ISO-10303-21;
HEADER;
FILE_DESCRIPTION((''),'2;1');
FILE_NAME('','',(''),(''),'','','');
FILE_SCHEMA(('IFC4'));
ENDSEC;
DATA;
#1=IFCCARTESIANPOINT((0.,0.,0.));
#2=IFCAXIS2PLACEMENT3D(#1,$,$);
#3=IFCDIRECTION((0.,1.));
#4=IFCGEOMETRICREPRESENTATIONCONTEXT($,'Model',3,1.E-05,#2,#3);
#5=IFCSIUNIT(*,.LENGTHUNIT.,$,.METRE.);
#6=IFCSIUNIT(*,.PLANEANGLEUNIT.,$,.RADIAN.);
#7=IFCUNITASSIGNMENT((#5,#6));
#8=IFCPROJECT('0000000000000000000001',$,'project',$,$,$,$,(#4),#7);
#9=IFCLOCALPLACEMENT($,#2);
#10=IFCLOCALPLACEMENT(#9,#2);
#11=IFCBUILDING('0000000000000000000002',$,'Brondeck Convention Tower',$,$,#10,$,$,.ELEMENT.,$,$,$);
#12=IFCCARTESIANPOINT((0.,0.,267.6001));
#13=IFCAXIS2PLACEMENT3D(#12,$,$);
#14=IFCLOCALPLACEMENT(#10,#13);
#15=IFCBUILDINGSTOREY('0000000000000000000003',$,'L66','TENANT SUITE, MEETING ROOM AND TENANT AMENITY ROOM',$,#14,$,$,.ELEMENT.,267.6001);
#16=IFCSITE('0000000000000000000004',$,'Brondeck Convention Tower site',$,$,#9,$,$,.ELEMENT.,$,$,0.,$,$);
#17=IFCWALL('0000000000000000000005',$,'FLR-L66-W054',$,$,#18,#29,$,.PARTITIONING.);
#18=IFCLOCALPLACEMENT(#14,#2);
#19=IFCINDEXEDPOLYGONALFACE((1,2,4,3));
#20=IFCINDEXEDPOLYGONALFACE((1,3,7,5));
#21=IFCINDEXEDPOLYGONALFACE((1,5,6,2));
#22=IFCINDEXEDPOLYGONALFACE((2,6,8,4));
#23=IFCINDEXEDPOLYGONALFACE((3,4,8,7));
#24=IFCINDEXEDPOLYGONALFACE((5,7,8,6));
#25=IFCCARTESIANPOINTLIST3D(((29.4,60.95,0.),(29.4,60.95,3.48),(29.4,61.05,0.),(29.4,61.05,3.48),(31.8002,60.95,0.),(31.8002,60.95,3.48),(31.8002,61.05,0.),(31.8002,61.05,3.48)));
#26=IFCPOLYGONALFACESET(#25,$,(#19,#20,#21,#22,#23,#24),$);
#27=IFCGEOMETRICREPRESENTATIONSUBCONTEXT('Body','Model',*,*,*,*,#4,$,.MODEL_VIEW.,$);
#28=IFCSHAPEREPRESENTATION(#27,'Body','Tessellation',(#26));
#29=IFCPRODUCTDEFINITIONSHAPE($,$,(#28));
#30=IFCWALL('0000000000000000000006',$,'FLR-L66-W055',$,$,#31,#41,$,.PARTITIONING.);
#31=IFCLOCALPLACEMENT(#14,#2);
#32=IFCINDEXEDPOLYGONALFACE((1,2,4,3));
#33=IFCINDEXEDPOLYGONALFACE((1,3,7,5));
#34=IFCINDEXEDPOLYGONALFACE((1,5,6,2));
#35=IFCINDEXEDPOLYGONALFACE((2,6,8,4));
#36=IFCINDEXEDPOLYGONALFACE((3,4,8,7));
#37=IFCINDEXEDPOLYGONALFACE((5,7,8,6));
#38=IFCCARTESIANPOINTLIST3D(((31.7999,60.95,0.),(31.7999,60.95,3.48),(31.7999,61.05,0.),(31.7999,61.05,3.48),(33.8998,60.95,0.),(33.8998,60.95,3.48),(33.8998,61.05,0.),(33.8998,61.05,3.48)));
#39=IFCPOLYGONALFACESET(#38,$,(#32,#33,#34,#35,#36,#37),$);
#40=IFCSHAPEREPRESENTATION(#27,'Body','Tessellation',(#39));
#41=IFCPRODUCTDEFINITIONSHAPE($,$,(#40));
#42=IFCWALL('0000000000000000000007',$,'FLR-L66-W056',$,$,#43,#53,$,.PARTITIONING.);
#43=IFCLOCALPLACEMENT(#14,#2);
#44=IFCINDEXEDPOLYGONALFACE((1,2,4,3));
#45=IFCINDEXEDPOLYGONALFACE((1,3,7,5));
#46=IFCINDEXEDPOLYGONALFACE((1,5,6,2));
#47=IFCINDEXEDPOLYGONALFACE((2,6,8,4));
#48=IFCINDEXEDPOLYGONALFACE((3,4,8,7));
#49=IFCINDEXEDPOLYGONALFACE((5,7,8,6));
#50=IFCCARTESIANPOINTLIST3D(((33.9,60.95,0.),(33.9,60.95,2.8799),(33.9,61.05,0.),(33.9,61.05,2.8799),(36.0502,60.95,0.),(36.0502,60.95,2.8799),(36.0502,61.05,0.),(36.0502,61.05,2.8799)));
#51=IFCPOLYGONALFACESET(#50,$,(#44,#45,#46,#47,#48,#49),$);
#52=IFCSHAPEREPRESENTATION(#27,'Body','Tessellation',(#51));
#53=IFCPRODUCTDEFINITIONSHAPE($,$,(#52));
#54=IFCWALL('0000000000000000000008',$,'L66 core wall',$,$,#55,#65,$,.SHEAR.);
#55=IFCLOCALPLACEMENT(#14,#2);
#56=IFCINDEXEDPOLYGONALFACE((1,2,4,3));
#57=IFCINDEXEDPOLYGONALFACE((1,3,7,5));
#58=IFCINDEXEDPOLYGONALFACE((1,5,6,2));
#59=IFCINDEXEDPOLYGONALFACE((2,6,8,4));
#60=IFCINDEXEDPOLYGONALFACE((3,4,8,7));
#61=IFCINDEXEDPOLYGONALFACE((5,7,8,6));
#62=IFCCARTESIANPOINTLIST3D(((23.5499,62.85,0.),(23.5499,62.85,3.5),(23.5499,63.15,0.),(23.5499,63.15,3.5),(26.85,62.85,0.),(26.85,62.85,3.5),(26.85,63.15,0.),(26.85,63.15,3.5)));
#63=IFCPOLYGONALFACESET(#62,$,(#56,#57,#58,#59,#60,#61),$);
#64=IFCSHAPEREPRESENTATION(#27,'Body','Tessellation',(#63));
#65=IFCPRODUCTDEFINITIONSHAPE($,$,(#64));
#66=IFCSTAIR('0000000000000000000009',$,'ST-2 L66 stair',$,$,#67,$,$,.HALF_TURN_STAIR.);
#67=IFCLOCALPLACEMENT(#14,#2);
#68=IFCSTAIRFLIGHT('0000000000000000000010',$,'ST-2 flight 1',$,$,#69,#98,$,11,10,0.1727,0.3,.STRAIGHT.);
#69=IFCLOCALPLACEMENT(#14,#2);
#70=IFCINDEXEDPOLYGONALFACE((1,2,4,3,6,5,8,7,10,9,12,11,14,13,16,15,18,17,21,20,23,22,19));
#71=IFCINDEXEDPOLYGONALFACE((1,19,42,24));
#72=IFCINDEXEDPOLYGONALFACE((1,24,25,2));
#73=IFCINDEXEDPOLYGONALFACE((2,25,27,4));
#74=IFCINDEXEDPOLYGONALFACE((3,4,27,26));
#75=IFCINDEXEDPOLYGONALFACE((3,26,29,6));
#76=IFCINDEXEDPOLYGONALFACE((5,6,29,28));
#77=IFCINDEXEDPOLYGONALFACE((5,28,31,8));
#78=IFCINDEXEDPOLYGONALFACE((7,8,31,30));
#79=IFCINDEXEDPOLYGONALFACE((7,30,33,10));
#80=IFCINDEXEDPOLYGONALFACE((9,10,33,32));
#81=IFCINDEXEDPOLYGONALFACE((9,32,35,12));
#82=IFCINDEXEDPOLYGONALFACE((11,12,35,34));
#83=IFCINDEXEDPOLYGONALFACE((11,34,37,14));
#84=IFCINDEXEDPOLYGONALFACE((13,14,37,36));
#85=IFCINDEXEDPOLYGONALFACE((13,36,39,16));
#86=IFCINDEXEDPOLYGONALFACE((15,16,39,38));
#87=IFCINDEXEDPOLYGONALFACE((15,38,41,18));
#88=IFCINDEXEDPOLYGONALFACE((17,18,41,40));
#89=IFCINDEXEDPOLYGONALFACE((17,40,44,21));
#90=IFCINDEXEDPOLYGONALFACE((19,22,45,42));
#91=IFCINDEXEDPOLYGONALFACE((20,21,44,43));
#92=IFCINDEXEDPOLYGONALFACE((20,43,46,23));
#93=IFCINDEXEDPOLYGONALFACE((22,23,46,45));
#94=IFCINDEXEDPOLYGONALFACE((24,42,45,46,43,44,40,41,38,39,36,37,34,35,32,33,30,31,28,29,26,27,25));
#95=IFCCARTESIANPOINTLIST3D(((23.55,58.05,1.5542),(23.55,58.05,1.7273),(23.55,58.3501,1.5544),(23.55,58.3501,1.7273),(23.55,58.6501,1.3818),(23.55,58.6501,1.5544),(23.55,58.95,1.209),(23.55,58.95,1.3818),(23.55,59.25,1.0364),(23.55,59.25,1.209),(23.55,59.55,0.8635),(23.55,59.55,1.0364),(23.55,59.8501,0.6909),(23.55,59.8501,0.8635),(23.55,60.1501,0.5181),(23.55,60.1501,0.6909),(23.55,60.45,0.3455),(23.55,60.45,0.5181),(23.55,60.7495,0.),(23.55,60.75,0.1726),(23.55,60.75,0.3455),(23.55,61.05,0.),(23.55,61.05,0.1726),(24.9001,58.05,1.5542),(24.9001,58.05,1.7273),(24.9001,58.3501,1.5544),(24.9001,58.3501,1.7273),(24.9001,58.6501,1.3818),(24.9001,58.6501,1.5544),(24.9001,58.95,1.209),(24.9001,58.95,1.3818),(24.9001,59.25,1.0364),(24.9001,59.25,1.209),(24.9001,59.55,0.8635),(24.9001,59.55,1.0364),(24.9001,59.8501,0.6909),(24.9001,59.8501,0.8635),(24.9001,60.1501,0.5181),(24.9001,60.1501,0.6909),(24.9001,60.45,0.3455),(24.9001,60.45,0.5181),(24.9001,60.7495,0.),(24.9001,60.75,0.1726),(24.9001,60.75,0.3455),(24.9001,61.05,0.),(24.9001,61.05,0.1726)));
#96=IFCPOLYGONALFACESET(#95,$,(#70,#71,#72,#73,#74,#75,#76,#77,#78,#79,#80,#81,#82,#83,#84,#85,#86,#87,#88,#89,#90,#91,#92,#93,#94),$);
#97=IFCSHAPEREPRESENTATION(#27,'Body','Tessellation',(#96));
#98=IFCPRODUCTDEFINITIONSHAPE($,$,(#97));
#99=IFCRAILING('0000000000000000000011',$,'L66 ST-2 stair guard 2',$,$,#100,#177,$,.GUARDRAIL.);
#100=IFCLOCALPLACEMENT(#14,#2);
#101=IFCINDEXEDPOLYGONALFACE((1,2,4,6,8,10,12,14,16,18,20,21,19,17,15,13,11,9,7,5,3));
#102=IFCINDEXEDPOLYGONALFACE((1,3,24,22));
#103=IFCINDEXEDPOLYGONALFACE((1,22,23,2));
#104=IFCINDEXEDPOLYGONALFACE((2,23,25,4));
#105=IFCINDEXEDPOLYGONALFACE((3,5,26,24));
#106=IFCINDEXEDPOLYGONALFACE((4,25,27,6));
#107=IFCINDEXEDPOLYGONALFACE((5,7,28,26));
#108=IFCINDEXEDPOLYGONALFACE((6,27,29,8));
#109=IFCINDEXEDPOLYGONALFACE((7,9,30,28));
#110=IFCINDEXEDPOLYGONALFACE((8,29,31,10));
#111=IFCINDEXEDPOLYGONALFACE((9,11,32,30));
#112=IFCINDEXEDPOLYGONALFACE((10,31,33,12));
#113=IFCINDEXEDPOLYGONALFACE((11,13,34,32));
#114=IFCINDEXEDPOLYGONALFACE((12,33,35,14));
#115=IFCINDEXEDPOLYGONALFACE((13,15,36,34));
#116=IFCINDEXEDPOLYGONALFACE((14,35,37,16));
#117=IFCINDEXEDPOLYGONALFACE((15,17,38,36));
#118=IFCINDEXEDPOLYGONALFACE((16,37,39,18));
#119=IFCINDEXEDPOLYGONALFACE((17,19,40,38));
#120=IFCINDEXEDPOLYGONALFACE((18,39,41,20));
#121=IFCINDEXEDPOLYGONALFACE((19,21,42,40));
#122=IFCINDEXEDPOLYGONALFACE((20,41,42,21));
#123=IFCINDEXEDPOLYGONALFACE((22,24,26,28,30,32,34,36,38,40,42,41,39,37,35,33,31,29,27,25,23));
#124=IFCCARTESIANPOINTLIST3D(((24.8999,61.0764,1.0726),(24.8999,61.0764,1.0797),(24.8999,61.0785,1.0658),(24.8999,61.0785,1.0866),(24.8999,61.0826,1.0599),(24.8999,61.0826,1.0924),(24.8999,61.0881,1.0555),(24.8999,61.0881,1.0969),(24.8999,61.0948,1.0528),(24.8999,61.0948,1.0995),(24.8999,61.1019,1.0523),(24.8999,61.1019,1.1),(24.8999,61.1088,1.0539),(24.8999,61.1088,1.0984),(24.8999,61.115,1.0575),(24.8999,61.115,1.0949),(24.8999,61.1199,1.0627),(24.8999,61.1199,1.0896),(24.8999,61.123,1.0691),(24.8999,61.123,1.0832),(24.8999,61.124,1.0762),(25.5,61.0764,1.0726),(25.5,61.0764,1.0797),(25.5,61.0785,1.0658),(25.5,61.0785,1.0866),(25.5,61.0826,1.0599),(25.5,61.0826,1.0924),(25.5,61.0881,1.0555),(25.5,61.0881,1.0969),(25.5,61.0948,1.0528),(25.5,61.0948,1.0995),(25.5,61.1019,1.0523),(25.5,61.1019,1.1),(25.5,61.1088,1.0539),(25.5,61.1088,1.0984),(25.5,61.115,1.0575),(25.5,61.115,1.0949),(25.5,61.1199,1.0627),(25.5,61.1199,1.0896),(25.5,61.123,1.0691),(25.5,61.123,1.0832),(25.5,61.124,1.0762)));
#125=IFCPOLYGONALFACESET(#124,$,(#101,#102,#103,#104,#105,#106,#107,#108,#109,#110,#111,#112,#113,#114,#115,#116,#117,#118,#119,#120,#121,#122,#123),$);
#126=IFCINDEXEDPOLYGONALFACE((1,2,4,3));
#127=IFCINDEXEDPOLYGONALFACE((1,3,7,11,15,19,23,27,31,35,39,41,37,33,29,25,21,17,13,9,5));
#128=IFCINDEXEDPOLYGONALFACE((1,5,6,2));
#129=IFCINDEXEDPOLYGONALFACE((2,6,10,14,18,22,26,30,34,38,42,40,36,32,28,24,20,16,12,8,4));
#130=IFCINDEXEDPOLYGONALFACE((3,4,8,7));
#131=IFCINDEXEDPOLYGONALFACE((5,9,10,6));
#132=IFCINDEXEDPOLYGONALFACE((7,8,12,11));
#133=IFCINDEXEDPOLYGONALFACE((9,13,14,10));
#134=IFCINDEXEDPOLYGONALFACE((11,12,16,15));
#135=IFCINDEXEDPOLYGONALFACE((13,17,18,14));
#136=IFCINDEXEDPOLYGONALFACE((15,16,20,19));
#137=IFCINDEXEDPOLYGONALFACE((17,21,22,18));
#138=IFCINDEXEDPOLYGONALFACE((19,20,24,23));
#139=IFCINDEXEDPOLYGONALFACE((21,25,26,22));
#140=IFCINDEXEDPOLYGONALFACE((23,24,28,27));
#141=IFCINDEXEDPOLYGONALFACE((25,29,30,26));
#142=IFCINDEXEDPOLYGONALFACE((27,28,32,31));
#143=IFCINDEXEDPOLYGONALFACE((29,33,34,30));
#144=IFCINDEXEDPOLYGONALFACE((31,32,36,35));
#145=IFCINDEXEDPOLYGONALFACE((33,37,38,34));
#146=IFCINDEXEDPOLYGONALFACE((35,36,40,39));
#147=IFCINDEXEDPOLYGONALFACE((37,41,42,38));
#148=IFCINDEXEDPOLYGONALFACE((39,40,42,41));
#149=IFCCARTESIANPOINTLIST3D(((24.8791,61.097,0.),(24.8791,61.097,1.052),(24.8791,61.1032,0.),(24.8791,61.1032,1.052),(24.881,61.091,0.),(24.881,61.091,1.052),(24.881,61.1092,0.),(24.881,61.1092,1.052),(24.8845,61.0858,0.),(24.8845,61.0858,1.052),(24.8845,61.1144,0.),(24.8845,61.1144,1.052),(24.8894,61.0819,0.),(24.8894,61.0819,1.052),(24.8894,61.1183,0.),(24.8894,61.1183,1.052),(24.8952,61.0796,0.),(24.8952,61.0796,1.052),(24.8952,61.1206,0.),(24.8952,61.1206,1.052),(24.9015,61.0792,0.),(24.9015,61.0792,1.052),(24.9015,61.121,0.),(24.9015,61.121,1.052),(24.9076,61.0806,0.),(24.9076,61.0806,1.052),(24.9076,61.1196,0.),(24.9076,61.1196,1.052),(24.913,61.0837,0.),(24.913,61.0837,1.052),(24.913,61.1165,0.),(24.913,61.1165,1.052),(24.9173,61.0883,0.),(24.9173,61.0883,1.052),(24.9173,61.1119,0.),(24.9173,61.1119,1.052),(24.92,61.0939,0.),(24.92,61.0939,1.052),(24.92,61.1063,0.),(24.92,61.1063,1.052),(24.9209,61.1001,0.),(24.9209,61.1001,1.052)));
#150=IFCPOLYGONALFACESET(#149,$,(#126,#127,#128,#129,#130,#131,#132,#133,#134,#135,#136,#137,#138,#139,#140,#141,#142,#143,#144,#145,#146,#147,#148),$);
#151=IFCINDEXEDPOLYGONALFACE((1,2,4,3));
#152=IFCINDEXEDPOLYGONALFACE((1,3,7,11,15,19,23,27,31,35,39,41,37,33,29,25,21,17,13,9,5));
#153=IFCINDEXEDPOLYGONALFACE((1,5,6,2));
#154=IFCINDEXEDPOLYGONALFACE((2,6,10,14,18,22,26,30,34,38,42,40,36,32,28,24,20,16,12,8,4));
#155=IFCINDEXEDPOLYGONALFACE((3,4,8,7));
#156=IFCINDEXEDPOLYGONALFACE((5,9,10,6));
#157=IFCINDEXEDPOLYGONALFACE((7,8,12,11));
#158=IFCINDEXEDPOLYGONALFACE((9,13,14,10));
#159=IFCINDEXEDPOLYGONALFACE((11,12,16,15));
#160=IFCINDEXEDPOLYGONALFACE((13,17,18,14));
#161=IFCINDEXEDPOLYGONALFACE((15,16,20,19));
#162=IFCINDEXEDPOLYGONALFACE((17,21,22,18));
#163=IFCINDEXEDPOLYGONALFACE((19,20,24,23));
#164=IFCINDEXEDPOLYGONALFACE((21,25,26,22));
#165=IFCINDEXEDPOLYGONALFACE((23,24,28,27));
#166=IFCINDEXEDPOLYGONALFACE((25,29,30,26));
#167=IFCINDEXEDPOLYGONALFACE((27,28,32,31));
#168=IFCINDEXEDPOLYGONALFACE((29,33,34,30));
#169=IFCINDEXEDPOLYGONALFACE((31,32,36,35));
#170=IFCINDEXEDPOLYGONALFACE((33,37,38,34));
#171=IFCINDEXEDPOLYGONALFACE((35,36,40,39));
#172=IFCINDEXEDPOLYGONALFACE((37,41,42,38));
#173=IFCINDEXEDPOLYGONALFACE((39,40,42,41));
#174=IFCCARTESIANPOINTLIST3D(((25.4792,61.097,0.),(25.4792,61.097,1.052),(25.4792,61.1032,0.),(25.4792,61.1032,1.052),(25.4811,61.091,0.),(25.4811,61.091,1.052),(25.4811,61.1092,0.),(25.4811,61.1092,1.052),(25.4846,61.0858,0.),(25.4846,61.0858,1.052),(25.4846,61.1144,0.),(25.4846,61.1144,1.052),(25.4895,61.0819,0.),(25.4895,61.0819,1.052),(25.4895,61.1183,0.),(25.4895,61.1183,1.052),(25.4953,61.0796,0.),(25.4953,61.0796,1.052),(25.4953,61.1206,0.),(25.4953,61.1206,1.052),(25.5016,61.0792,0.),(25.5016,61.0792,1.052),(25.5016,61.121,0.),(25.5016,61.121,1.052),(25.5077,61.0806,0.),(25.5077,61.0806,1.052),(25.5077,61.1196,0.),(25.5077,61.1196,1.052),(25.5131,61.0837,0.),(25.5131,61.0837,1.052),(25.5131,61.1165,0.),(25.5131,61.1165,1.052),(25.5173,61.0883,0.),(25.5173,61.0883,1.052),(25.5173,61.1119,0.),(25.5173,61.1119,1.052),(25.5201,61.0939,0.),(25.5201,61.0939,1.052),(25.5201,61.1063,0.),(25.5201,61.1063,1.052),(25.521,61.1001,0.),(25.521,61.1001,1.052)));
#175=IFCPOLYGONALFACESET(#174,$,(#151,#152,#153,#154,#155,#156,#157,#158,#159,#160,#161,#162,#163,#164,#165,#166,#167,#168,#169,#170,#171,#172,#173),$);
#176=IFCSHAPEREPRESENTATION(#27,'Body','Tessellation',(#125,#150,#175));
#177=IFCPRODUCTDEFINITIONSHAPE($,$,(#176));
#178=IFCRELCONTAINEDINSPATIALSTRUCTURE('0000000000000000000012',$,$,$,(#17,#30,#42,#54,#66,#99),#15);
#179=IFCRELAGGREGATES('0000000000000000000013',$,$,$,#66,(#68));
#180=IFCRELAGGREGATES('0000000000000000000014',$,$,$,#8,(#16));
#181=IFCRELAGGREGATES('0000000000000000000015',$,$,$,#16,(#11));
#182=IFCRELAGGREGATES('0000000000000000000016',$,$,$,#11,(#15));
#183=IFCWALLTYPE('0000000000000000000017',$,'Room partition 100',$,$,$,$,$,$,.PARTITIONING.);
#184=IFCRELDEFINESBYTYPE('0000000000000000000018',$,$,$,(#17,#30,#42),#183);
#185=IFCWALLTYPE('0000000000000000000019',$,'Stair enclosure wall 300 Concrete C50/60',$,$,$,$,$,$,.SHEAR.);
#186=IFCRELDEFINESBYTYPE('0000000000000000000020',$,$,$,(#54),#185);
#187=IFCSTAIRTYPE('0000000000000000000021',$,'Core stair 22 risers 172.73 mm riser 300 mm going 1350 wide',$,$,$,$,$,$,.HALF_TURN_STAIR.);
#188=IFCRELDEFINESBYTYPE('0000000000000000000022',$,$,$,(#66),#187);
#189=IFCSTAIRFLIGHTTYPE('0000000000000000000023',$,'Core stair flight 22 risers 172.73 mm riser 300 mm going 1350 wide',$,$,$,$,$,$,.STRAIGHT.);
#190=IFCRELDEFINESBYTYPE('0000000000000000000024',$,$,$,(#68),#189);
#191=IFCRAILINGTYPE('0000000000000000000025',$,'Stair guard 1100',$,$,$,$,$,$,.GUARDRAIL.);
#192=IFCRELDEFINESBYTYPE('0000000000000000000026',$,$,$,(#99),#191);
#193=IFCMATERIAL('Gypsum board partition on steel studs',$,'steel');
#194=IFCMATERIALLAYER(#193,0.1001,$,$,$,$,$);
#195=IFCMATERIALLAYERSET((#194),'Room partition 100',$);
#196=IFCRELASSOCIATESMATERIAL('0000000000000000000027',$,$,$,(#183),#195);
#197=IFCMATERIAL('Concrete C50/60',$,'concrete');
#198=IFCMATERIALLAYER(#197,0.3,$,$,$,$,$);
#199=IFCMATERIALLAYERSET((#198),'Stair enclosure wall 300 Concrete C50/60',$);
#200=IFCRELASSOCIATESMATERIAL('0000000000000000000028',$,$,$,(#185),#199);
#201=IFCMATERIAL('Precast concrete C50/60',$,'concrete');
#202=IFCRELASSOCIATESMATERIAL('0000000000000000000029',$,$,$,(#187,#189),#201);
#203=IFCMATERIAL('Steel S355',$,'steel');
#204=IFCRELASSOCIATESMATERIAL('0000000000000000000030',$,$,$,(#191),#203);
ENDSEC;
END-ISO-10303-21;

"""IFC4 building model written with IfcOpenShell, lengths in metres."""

from ifc_helpers import new_model, si_unit, direction, frame, frame_2d, origin, origin_2d, place, context, subcontext, project, spatial, polyline, rectangle, circle, outline, extrude, material, layer, layer_set, type_object, element, aggregate, save


model = new_model("IFC4")

# Units and contexts
model_context = context("Model", 3, precision=1e-05, world=origin(), true_north=direction((0.0, 1.0)))
body_context = subcontext(model_context, "Body", "Model", "MODEL_VIEW")
ifc_project = project(units=[si_unit("LENGTHUNIT", "METRE"), si_unit("PLANEANGLEUNIT", "RADIAN")], contexts=[model_context])

# Site, building, storey
site_placement = place(None, origin())
site = spatial("IfcSite", under=ifc_project, at=site_placement, Name="Brondeck Convention Tower site", CompositionType="ELEMENT", RefElevation=0.0)
building_placement = place(site_placement, origin())
building = spatial("IfcBuilding", under=site, at=building_placement, Name="Brondeck Convention Tower", CompositionType="ELEMENT")
storey_placement = place(building_placement, frame((0.0, 0.0, 267.6001)))
storey = spatial("IfcBuildingStorey", under=building, at=storey_placement, Name="L66", Description="TENANT SUITE, MEETING ROOM AND TENANT AMENITY ROOM", CompositionType="ELEMENT", Elevation=267.6001)

# Shared definitions
ifc_material_1 = material(Name="Concrete C50/60", Category="concrete")

# Walls
ifc_material_2 = material(Name="Gypsum board partition on steel studs", Category="steel")
ifc_layer_1 = layer(ifc_material_2, 0.1001)
ifc_layer_set_1 = layer_set([ifc_layer_1], Name="Room partition 100")
wall_type_1 = type_object("IfcWallType", Name="Room partition 100", PredefinedType="PARTITIONING", material=ifc_layer_set_1)
wall_1_placement = place(storey_placement, frame((29.3999, 61.0, 0.0), z_axis=(0.0, 0.0, 1.0), x_axis=(1.0, 0.0, 0.0)))
element("IfcWall", 1, at=wall_1_placement, inside=storey, type_object=wall_type_1, Name="FLR-L66-W054", PredefinedType="PARTITIONING", context=body_context, shape_type="SweptSolid", body=[
    extrude(rectangle(XDim=2.4001, YDim=0.1001, at=frame_2d((1.2002, 0.0))), origin(), (0.0, 0.0, 1.0), 3.48),
])
wall_2_placement = place(storey_placement, frame((31.8, 61.0, 0.0), z_axis=(0.0, 0.0, 1.0), x_axis=(1.0, 0.0, 0.0)))
element("IfcWall", 2, at=wall_2_placement, inside=storey, type_object=wall_type_1, Name="FLR-L66-W055", PredefinedType="PARTITIONING", context=body_context, shape_type="SweptSolid", body=[
    extrude(rectangle(XDim=2.0999, YDim=0.1001, at=frame_2d((1.0498, 0.0))), origin(), (0.0, 0.0, 1.0), 3.48),
])
wall_3_placement = place(storey_placement, frame((33.8999, 61.0, 0.0), z_axis=(0.0, 0.0, 1.0), x_axis=(1.0, 0.0, 0.0)))
element("IfcWall", 3, at=wall_3_placement, inside=storey, type_object=wall_type_1, Name="FLR-L66-W056", PredefinedType="PARTITIONING", context=body_context, shape_type="SweptSolid", body=[
    extrude(rectangle(XDim=2.1501, YDim=0.1001, at=frame_2d((1.0752, 0.0))), origin(), (0.0, 0.0, 1.0), 2.8799),
])
ifc_layer_2 = layer(ifc_material_1, 0.3)
ifc_layer_set_2 = layer_set([ifc_layer_2], Name="Stair enclosure wall 300 Concrete C50/60")
wall_type_2 = type_object("IfcWallType", Name="Stair enclosure wall 300 Concrete C50/60", PredefinedType="SHEAR", material=ifc_layer_set_2)
wall_4_placement = place(storey_placement, frame((23.55, 63.0, 0.0), z_axis=(0.0, 0.0, 1.0), x_axis=(1.0, 0.0, 0.0)))
element("IfcWall", 4, at=wall_4_placement, inside=storey, type_object=wall_type_2, Name="L66 core wall", PredefinedType="SHEAR", context=body_context, shape_type="SweptSolid", body=[
    extrude(rectangle(XDim=3.3, YDim=0.3, at=frame_2d((1.6499, 0.0))), origin(), (0.0, 0.0, 1.0), 3.5),
])

# Stair, stair flight
ifc_material_3 = material(Name="Precast concrete C50/60", Category="concrete")
stair_type = type_object("IfcStairType", Name="Core stair 22 risers 172.73 mm riser 300 mm going 1350 wide", PredefinedType="HALF_TURN_STAIR", material=ifc_material_3)
stair_placement = place(storey_placement, origin())
stair = element("IfcStair", 5, at=stair_placement, inside=storey, type_object=stair_type, Name="ST-2 L66 stair", PredefinedType="HALF_TURN_STAIR")
stair_flight_type = type_object("IfcStairFlightType", Name="Core stair flight 22 risers 172.73 mm riser 300 mm going 1350 wide", PredefinedType="STRAIGHT", material=ifc_material_3)
stair_flight_placement = place(storey_placement, frame((24.2251, 61.05, 0.0), z_axis=(0.0, 0.0, 1.0), x_axis=(0.0, -1.0, 0.0)))
stair_flight = element("IfcStairFlight", 6, at=stair_flight_placement, type_object=stair_flight_type, Name="ST-2 flight 1", NumberOfRisers=11, NumberOfTreads=10, PredefinedType="STRAIGHT", RiserHeight=0.1727, TreadLength=0.3, context=body_context, shape_type="SweptSolid", body=[
    extrude(outline(polyline([(0.0, 0.0), (0.0, 0.1726), (0.3, 0.1726), (0.3, 0.3455), (0.6001, 0.3455), (0.6001, 0.5181), (0.8999, 0.5181), (0.8999, 0.6909), (1.2, 0.6909), (1.2, 0.8635), (1.5, 0.8635), (1.5, 1.0364), (1.8, 1.0364), (1.8, 1.209), (2.1001, 1.209), (2.1001, 1.3818), (2.3999, 1.3818), (2.3999, 1.5544), (2.7, 1.5544), (2.7, 1.7273), (3.0, 1.7273), (3.0, 1.8999), (3.0, 1.5542), (0.3005, 0.0), (0.0, 0.0)])), frame((0.0, 0.675, 0.0), z_axis=(0.0, -1.0, 0.0), x_axis=(1.0, 0.0, 0.0)), (0.0, 0.0, 1.0), 1.3501),
])
aggregate(stair, [stair_flight])

# Railing
ifc_material_4 = material(Name="Steel S355", Category="steel")
railing_type_1 = type_object("IfcRailingType", Name="Stair guard 1100", PredefinedType="GUARDRAIL", material=ifc_material_4)
railing_1_placement = place(storey_placement, frame((24.8999, 61.1001, 0.0)))
element("IfcRailing", 7, at=railing_1_placement, inside=storey, type_object=railing_type_1, Name="L66 ST-2 stair guard 2", PredefinedType="GUARDRAIL", context=body_context, shape_type="SweptSolid", body=[
    extrude(circle(Radius=0.0239, at=origin_2d()), frame((0.0, 0.0, 1.0762), z_axis=(1.0, 0.0, 0.0), x_axis=(0.0, 1.0, 0.0)), (0.0, 0.0, 1.0), 0.6001),
    extrude(circle(Radius=0.021, at=origin_2d()), origin(), (0.0, 0.0, 1.0), 1.052),
    extrude(circle(Radius=0.021, at=origin_2d()), frame((0.6001, 0.0, 0.0)), (0.0, 0.0, 1.0), 1.052),
])

save(model, "model.ifc")
